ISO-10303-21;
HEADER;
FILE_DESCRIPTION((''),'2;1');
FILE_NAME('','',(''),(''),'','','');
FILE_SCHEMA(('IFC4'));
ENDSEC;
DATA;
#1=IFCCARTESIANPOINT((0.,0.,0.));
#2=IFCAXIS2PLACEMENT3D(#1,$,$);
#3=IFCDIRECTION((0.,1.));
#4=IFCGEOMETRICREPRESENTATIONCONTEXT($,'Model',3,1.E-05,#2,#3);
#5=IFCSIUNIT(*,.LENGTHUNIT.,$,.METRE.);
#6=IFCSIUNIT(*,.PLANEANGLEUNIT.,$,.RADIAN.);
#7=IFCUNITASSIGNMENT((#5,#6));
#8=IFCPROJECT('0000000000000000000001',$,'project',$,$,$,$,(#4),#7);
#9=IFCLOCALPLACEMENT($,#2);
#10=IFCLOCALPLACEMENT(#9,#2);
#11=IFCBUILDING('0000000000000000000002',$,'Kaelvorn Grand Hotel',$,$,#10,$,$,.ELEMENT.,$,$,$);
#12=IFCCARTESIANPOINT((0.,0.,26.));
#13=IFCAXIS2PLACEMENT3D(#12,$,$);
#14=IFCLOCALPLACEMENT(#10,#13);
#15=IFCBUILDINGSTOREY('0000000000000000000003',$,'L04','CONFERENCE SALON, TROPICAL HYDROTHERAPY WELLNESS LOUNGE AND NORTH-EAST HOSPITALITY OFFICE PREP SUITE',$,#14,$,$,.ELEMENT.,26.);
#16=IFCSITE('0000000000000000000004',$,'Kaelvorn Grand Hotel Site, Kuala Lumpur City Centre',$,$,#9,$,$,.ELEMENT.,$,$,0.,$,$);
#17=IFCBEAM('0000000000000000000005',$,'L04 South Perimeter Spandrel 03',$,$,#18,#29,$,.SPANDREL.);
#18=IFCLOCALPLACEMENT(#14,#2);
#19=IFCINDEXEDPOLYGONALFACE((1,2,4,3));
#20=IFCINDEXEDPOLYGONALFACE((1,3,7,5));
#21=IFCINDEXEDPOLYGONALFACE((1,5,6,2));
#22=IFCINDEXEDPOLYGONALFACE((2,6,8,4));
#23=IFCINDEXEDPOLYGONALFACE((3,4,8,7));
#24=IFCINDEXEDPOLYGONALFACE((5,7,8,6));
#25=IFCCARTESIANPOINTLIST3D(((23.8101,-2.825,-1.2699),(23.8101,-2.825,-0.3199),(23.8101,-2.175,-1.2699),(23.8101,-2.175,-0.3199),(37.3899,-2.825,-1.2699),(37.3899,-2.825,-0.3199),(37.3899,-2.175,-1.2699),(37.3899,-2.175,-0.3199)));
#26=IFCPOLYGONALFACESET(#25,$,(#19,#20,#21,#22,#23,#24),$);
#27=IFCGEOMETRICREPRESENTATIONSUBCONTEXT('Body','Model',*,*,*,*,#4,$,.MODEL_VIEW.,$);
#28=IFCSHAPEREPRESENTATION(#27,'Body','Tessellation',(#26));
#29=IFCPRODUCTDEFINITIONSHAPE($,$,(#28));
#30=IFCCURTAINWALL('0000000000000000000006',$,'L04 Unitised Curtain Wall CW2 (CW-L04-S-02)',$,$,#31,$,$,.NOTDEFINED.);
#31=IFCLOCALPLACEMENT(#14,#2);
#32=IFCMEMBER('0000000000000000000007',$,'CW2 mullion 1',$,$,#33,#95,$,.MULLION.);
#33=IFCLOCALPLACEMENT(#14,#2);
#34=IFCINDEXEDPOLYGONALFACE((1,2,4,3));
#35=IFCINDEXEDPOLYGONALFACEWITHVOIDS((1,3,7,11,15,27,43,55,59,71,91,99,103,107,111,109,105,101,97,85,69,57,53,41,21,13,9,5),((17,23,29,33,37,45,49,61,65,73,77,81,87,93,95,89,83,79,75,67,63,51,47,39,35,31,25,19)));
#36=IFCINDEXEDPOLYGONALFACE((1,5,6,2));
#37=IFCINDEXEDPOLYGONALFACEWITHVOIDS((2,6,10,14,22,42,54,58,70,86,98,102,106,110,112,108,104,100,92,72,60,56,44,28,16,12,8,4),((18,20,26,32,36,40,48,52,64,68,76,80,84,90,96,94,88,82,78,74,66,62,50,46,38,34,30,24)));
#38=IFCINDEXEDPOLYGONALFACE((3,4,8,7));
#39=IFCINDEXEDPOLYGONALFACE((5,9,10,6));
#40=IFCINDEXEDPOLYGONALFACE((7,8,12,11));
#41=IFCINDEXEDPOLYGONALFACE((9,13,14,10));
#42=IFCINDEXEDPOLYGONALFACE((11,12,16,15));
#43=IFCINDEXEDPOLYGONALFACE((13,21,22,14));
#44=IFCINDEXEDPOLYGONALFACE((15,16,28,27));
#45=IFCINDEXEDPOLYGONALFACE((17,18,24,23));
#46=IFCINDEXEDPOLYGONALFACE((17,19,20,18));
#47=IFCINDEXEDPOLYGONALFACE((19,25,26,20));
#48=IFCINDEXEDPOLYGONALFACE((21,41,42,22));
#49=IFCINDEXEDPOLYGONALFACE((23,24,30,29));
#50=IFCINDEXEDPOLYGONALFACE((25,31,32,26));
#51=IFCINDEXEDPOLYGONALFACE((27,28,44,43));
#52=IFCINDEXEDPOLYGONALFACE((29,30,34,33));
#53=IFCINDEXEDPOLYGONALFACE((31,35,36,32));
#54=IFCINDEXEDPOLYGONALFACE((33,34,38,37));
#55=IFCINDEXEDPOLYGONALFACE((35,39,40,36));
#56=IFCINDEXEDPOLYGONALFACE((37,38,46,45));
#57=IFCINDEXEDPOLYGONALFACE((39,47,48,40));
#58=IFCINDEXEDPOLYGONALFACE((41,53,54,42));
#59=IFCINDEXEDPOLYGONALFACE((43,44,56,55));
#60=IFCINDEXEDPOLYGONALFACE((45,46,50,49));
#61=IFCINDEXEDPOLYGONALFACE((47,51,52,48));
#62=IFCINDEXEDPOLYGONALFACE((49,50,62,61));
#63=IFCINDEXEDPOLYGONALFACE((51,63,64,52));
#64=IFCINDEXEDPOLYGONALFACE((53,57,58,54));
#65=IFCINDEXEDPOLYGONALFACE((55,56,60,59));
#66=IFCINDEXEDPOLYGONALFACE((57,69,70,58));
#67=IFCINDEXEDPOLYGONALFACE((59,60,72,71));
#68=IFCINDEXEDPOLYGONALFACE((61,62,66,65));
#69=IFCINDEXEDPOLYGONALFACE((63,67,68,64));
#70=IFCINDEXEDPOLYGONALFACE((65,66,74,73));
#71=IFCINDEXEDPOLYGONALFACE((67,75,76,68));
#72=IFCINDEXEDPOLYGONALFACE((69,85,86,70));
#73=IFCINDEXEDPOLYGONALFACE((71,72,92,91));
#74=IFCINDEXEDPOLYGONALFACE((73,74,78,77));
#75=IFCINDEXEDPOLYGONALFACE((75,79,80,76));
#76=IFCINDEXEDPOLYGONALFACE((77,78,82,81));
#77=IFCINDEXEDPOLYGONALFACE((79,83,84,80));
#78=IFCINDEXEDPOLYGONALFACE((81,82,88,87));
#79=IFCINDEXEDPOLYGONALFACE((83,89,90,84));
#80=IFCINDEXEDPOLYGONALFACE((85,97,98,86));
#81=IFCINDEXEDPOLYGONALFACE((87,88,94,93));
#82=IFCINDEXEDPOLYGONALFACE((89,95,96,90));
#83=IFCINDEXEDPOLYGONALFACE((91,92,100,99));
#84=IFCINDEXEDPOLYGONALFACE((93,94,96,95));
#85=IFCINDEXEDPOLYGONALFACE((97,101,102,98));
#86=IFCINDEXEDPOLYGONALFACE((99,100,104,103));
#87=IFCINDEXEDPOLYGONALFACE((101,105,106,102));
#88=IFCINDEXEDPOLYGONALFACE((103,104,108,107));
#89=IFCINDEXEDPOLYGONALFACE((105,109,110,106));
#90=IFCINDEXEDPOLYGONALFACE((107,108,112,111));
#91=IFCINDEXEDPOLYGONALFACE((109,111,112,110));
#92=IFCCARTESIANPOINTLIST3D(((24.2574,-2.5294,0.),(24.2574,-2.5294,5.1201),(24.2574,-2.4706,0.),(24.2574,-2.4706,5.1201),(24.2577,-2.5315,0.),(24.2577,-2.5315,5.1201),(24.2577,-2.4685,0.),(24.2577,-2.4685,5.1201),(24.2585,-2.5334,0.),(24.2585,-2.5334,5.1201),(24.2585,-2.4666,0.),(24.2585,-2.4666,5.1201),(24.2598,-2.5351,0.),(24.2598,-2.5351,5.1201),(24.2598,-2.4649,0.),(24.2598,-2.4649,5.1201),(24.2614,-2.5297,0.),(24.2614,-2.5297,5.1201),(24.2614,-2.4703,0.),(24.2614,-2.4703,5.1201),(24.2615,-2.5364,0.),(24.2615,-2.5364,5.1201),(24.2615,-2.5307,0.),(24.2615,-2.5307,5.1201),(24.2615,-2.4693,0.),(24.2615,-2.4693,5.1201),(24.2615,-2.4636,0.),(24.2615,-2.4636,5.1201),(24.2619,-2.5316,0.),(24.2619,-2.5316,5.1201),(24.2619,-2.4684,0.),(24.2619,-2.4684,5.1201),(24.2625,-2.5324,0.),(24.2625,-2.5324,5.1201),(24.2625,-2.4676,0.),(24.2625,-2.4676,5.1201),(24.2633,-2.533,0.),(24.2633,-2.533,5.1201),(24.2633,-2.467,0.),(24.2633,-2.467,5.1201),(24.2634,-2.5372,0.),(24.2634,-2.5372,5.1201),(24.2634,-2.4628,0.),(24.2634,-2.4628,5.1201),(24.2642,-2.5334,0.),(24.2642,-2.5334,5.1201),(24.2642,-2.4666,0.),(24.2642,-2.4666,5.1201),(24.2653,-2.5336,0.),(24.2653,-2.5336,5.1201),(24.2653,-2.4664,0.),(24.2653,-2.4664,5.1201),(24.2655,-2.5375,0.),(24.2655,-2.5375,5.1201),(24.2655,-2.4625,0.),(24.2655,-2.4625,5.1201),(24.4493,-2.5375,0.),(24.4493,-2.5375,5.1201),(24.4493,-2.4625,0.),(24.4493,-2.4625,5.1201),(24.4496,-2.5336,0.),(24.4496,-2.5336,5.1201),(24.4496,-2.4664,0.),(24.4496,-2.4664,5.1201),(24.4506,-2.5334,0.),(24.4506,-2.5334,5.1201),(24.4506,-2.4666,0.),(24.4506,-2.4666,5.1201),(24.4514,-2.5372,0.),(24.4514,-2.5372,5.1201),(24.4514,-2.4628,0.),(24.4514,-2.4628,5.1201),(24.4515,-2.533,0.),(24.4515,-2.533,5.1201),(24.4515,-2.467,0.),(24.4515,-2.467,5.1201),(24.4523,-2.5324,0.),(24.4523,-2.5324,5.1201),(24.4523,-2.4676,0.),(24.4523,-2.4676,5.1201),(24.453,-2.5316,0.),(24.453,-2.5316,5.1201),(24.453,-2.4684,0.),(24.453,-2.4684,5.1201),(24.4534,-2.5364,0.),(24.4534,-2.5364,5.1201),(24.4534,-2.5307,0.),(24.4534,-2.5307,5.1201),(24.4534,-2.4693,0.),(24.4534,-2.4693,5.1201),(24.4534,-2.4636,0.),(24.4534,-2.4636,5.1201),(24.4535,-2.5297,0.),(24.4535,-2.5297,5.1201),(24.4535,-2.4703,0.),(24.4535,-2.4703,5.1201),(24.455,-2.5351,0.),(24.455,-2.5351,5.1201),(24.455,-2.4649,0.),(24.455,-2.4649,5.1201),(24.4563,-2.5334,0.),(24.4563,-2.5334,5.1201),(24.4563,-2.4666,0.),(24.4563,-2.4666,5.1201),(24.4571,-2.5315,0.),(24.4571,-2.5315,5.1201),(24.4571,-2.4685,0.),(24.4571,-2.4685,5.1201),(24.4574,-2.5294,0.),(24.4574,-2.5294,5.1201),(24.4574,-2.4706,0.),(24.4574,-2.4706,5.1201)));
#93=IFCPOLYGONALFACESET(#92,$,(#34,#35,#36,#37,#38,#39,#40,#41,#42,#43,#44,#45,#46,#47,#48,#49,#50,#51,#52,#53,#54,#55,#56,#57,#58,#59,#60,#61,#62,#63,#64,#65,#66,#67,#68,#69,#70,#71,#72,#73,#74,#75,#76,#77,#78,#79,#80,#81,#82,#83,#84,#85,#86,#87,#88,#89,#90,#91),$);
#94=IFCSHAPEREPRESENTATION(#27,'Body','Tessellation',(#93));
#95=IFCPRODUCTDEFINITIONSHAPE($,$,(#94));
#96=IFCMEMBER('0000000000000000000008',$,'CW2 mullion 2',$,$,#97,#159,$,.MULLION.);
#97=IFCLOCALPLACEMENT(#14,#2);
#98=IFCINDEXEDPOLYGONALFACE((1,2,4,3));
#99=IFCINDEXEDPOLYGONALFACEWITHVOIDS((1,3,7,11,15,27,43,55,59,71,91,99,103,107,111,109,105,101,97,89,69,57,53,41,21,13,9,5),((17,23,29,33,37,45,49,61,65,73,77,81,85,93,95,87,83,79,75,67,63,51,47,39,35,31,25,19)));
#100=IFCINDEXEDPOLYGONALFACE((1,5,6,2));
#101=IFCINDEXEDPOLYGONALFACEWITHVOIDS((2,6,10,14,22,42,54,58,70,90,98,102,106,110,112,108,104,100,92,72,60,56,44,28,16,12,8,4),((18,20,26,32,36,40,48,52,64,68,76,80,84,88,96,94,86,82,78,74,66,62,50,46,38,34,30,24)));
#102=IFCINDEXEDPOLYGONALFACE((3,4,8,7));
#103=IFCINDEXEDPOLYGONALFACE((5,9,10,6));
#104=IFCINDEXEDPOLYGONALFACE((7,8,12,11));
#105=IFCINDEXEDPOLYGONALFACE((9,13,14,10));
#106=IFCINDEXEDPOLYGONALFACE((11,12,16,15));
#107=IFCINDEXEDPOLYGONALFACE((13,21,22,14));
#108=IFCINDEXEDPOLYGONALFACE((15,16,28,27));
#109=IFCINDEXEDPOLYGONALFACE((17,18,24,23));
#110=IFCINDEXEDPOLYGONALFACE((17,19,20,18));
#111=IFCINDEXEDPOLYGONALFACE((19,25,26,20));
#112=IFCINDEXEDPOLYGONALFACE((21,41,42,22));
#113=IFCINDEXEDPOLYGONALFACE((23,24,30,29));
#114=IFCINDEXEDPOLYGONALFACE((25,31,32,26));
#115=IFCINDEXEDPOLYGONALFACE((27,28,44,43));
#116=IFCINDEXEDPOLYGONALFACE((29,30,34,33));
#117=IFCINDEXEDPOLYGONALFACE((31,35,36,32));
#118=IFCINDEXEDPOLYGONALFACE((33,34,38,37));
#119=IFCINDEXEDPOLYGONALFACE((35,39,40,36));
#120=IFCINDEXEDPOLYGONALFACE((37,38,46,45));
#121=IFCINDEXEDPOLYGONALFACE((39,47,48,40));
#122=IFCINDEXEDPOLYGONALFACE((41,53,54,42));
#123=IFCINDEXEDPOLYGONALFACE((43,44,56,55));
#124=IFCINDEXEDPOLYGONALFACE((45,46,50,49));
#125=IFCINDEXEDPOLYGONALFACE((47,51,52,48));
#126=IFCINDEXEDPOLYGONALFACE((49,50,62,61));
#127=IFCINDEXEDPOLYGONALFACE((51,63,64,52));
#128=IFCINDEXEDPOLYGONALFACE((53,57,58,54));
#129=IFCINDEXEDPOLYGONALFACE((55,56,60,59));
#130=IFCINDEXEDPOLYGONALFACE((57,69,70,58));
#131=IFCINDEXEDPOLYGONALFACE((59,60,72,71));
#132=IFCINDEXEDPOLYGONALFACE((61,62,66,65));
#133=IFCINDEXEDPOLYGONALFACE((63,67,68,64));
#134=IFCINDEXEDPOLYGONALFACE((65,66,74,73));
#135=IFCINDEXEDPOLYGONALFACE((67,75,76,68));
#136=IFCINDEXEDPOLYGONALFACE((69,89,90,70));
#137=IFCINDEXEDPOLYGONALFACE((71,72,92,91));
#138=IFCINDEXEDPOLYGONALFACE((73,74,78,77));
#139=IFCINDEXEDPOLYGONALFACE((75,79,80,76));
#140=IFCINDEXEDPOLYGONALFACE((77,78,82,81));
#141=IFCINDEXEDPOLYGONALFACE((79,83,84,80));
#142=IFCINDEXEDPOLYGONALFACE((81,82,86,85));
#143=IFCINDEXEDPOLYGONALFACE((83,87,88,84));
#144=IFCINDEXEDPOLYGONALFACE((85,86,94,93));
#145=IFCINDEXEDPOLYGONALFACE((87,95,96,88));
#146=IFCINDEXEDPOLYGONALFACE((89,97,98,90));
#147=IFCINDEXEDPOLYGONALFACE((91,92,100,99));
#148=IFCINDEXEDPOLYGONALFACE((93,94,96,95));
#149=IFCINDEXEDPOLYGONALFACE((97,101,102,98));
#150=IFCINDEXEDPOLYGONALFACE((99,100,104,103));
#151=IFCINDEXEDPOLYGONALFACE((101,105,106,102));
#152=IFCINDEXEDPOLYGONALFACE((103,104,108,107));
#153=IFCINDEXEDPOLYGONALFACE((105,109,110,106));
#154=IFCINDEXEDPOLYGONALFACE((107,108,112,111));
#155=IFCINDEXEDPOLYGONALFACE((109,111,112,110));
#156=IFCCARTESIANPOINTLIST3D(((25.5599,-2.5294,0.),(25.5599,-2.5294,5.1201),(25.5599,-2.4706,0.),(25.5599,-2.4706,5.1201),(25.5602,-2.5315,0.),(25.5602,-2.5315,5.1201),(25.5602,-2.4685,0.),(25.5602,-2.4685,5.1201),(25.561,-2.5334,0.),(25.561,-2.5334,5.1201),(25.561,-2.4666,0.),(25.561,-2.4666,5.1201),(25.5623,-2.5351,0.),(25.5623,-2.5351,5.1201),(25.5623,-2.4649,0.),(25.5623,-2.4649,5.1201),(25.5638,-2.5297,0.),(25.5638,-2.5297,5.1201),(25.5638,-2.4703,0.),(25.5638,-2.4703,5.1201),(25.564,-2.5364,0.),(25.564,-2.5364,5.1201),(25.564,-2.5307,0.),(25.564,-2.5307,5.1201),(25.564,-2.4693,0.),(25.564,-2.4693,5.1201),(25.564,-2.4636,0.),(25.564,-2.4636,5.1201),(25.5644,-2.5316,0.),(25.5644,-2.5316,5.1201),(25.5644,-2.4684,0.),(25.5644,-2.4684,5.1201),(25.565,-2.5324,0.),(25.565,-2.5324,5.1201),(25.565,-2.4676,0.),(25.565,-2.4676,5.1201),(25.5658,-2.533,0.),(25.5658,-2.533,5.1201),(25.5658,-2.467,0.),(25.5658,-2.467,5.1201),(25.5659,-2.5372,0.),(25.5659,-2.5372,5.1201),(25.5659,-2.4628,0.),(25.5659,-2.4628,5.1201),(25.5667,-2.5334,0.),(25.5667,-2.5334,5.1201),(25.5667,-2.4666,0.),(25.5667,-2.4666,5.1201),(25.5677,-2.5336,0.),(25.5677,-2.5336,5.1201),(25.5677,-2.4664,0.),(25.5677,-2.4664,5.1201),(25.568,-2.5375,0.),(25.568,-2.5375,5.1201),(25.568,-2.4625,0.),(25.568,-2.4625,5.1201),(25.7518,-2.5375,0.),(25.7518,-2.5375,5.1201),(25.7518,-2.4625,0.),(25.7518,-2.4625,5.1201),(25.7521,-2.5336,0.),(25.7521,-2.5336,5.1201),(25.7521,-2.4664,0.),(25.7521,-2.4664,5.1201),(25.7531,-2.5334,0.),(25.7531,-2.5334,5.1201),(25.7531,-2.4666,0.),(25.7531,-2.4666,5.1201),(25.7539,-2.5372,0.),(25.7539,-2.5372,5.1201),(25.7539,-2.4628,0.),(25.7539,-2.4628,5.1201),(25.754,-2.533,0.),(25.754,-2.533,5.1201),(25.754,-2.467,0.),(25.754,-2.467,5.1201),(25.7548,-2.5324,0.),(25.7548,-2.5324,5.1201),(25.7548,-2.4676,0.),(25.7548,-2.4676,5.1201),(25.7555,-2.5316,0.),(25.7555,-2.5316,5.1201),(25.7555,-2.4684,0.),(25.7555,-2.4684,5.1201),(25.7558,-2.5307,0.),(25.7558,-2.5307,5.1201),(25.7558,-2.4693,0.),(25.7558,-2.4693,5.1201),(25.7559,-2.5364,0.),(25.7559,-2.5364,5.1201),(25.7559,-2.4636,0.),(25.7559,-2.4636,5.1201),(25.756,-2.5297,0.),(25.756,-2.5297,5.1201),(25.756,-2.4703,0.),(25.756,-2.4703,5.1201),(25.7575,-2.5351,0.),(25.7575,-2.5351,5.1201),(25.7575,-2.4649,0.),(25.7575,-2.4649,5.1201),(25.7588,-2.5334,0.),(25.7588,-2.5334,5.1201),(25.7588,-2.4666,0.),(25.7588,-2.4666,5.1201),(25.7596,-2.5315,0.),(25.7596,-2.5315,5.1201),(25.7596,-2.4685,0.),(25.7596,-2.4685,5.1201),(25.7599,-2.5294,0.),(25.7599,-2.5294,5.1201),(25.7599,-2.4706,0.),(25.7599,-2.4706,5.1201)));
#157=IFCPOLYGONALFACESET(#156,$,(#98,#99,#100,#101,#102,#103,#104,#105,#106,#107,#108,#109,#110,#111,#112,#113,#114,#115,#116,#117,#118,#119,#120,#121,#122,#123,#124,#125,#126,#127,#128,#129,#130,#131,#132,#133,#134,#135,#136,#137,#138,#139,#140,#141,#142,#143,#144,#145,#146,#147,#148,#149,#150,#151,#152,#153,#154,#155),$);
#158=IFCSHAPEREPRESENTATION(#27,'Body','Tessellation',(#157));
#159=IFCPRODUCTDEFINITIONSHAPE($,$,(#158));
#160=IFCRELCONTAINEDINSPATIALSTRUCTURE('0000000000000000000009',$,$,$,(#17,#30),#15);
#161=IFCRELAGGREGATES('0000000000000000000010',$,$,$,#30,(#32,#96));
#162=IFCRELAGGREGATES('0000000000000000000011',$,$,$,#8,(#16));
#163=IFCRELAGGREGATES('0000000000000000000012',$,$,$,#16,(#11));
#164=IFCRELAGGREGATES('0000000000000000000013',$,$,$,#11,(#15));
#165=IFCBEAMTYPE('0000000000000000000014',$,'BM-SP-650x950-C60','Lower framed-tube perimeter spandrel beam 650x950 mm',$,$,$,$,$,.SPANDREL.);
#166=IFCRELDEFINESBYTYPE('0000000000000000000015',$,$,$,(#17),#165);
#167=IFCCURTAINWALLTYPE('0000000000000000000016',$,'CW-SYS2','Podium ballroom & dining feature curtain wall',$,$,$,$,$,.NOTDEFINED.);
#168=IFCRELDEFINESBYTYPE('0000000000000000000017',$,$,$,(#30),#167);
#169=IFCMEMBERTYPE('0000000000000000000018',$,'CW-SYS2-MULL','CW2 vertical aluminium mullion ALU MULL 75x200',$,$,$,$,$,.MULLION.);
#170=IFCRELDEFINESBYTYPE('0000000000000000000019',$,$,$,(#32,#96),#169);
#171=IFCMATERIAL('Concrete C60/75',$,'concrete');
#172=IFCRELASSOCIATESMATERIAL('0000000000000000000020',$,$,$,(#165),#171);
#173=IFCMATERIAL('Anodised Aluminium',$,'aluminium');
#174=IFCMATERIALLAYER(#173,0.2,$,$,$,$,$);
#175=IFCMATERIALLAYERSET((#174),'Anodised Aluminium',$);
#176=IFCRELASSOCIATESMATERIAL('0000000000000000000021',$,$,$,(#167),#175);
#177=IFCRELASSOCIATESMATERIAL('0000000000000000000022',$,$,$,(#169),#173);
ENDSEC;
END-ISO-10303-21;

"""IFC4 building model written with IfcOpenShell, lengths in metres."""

from ifc_helpers import new_model, si_unit, direction, frame, origin, origin_2d, place, context, subcontext, project, spatial, rectangle, hollow_rectangle, extrude, material, layer, layer_set, material_profile, profile_set, type_object, element, aggregate, save


model = new_model("IFC4")

# Units and contexts
model_context = context("Model", 3, precision=1e-05, world=origin(), true_north=direction((0.0, 1.0)))
body_context = subcontext(model_context, "Body", "Model", "MODEL_VIEW")
ifc_project = project(units=[si_unit("LENGTHUNIT", "METRE"), si_unit("PLANEANGLEUNIT", "RADIAN")], contexts=[model_context])

# Site, building, storey
site_placement = place(None, origin())
site = spatial("IfcSite", under=ifc_project, at=site_placement, Name="Kaelvorn Grand Hotel Site, Kuala Lumpur City Centre", CompositionType="ELEMENT", RefElevation=0.0)
building_placement = place(site_placement, origin())
building = spatial("IfcBuilding", under=site, at=building_placement, Name="Kaelvorn Grand Hotel", CompositionType="ELEMENT")
storey_placement = place(building_placement, frame((0.0, 0.0, 26.0)))
storey = spatial("IfcBuildingStorey", under=building, at=storey_placement, Name="L04", Description="CONFERENCE SALON, TROPICAL HYDROTHERAPY WELLNESS LOUNGE AND NORTH-EAST HOSPITALITY OFFICE PREP SUITE", CompositionType="ELEMENT", Elevation=26.0)

# Beam
ifc_material_1 = material(Name="Concrete C60/75", Category="concrete")
ifc_material_profile_1 = material_profile(ifc_material_1, rectangle(XDim=0.6499, YDim=0.95, at=origin_2d()), Name="RC SPANDREL 650x950")
ifc_profile_set_1 = profile_set([ifc_material_profile_1], Name="Concrete C60/75")
beam_type = type_object("IfcBeamType", Name="BM-SP-650x950-C60", Description="Lower framed-tube perimeter spandrel beam 650x950 mm", PredefinedType="SPANDREL", material=ifc_profile_set_1)
beam_placement = place(storey_placement, frame((23.8101, -2.5, -0.7949), z_axis=(1.0, 0.0, 0.0), x_axis=(0.0, 1.0, 0.0)))
element("IfcBeam", 1, at=beam_placement, inside=storey, type_object=beam_type, Name="L04 South Perimeter Spandrel 03", PredefinedType="SPANDREL", context=body_context, shape_type="SweptSolid", body=[
    extrude(rectangle(XDim=0.6499, YDim=0.95, at=origin_2d()), origin(), (0.0, 0.0, 1.0), 13.5798),
])

# Curtain wall, members
ifc_material_2 = material(Name="Anodised Aluminium", Category="aluminium")
ifc_layer_1 = layer(ifc_material_2, 0.2)
ifc_layer_set_1 = layer_set([ifc_layer_1], Name="Anodised Aluminium")
curtain_wall_type = type_object("IfcCurtainWallType", Name="CW-SYS2", Description="Podium ballroom & dining feature curtain wall", PredefinedType="NOTDEFINED", material=ifc_layer_set_1)
curtain_wall_1_placement = place(storey_placement, origin())
curtain_wall_1 = element("IfcCurtainWall", 2, at=curtain_wall_1_placement, inside=storey, type_object=curtain_wall_type, Name="L04 Unitised Curtain Wall CW2 (CW-L04-S-02)", PredefinedType="NOTDEFINED")
ifc_material_profile_2 = material_profile(ifc_material_2, hollow_rectangle(XDim=0.075, YDim=0.2, WallThickness=0.0039, InnerFilletRadius=0.0039, OuterFilletRadius=0.0081, at=origin_2d()), Name="ALU MULL 75x200")
ifc_profile_set_2 = profile_set([ifc_material_profile_2], Name="Anodised Aluminium")
member_type_1 = type_object("IfcMemberType", Name="CW-SYS2-MULL", Description="CW2 vertical aluminium mullion ALU MULL 75x200", PredefinedType="MULLION", material=ifc_profile_set_2)
member_1_placement = place(storey_placement, frame((24.3574, -2.5, 0.0), z_axis=(0.0, 0.0, 1.0), x_axis=(0.0, 1.0, 0.0)))
member_1 = element("IfcMember", 3, at=member_1_placement, type_object=member_type_1, Name="CW2 mullion 1", PredefinedType="MULLION", context=body_context, shape_type="SweptSolid", body=[
    extrude(hollow_rectangle(XDim=0.075, YDim=0.2, WallThickness=0.0039, InnerFilletRadius=0.0039, OuterFilletRadius=0.0081, at=origin_2d()), origin(), (0.0, 0.0, 1.0), 5.1201),
])
member_2_placement = place(storey_placement, frame((25.6599, -2.5, 0.0), z_axis=(0.0, 0.0, 1.0), x_axis=(0.0, 1.0, 0.0)))
member_2 = element("IfcMember", 4, at=member_2_placement, type_object=member_type_1, Name="CW2 mullion 2", PredefinedType="MULLION", context=body_context, shape_type="SweptSolid", body=[
    extrude(hollow_rectangle(XDim=0.075, YDim=0.2, WallThickness=0.0039, InnerFilletRadius=0.0039, OuterFilletRadius=0.0081, at=origin_2d()), origin(), (0.0, 0.0, 1.0), 5.1201),
])

aggregate(curtain_wall_1, [member_1, member_2])

save(model, "model.ifc")
